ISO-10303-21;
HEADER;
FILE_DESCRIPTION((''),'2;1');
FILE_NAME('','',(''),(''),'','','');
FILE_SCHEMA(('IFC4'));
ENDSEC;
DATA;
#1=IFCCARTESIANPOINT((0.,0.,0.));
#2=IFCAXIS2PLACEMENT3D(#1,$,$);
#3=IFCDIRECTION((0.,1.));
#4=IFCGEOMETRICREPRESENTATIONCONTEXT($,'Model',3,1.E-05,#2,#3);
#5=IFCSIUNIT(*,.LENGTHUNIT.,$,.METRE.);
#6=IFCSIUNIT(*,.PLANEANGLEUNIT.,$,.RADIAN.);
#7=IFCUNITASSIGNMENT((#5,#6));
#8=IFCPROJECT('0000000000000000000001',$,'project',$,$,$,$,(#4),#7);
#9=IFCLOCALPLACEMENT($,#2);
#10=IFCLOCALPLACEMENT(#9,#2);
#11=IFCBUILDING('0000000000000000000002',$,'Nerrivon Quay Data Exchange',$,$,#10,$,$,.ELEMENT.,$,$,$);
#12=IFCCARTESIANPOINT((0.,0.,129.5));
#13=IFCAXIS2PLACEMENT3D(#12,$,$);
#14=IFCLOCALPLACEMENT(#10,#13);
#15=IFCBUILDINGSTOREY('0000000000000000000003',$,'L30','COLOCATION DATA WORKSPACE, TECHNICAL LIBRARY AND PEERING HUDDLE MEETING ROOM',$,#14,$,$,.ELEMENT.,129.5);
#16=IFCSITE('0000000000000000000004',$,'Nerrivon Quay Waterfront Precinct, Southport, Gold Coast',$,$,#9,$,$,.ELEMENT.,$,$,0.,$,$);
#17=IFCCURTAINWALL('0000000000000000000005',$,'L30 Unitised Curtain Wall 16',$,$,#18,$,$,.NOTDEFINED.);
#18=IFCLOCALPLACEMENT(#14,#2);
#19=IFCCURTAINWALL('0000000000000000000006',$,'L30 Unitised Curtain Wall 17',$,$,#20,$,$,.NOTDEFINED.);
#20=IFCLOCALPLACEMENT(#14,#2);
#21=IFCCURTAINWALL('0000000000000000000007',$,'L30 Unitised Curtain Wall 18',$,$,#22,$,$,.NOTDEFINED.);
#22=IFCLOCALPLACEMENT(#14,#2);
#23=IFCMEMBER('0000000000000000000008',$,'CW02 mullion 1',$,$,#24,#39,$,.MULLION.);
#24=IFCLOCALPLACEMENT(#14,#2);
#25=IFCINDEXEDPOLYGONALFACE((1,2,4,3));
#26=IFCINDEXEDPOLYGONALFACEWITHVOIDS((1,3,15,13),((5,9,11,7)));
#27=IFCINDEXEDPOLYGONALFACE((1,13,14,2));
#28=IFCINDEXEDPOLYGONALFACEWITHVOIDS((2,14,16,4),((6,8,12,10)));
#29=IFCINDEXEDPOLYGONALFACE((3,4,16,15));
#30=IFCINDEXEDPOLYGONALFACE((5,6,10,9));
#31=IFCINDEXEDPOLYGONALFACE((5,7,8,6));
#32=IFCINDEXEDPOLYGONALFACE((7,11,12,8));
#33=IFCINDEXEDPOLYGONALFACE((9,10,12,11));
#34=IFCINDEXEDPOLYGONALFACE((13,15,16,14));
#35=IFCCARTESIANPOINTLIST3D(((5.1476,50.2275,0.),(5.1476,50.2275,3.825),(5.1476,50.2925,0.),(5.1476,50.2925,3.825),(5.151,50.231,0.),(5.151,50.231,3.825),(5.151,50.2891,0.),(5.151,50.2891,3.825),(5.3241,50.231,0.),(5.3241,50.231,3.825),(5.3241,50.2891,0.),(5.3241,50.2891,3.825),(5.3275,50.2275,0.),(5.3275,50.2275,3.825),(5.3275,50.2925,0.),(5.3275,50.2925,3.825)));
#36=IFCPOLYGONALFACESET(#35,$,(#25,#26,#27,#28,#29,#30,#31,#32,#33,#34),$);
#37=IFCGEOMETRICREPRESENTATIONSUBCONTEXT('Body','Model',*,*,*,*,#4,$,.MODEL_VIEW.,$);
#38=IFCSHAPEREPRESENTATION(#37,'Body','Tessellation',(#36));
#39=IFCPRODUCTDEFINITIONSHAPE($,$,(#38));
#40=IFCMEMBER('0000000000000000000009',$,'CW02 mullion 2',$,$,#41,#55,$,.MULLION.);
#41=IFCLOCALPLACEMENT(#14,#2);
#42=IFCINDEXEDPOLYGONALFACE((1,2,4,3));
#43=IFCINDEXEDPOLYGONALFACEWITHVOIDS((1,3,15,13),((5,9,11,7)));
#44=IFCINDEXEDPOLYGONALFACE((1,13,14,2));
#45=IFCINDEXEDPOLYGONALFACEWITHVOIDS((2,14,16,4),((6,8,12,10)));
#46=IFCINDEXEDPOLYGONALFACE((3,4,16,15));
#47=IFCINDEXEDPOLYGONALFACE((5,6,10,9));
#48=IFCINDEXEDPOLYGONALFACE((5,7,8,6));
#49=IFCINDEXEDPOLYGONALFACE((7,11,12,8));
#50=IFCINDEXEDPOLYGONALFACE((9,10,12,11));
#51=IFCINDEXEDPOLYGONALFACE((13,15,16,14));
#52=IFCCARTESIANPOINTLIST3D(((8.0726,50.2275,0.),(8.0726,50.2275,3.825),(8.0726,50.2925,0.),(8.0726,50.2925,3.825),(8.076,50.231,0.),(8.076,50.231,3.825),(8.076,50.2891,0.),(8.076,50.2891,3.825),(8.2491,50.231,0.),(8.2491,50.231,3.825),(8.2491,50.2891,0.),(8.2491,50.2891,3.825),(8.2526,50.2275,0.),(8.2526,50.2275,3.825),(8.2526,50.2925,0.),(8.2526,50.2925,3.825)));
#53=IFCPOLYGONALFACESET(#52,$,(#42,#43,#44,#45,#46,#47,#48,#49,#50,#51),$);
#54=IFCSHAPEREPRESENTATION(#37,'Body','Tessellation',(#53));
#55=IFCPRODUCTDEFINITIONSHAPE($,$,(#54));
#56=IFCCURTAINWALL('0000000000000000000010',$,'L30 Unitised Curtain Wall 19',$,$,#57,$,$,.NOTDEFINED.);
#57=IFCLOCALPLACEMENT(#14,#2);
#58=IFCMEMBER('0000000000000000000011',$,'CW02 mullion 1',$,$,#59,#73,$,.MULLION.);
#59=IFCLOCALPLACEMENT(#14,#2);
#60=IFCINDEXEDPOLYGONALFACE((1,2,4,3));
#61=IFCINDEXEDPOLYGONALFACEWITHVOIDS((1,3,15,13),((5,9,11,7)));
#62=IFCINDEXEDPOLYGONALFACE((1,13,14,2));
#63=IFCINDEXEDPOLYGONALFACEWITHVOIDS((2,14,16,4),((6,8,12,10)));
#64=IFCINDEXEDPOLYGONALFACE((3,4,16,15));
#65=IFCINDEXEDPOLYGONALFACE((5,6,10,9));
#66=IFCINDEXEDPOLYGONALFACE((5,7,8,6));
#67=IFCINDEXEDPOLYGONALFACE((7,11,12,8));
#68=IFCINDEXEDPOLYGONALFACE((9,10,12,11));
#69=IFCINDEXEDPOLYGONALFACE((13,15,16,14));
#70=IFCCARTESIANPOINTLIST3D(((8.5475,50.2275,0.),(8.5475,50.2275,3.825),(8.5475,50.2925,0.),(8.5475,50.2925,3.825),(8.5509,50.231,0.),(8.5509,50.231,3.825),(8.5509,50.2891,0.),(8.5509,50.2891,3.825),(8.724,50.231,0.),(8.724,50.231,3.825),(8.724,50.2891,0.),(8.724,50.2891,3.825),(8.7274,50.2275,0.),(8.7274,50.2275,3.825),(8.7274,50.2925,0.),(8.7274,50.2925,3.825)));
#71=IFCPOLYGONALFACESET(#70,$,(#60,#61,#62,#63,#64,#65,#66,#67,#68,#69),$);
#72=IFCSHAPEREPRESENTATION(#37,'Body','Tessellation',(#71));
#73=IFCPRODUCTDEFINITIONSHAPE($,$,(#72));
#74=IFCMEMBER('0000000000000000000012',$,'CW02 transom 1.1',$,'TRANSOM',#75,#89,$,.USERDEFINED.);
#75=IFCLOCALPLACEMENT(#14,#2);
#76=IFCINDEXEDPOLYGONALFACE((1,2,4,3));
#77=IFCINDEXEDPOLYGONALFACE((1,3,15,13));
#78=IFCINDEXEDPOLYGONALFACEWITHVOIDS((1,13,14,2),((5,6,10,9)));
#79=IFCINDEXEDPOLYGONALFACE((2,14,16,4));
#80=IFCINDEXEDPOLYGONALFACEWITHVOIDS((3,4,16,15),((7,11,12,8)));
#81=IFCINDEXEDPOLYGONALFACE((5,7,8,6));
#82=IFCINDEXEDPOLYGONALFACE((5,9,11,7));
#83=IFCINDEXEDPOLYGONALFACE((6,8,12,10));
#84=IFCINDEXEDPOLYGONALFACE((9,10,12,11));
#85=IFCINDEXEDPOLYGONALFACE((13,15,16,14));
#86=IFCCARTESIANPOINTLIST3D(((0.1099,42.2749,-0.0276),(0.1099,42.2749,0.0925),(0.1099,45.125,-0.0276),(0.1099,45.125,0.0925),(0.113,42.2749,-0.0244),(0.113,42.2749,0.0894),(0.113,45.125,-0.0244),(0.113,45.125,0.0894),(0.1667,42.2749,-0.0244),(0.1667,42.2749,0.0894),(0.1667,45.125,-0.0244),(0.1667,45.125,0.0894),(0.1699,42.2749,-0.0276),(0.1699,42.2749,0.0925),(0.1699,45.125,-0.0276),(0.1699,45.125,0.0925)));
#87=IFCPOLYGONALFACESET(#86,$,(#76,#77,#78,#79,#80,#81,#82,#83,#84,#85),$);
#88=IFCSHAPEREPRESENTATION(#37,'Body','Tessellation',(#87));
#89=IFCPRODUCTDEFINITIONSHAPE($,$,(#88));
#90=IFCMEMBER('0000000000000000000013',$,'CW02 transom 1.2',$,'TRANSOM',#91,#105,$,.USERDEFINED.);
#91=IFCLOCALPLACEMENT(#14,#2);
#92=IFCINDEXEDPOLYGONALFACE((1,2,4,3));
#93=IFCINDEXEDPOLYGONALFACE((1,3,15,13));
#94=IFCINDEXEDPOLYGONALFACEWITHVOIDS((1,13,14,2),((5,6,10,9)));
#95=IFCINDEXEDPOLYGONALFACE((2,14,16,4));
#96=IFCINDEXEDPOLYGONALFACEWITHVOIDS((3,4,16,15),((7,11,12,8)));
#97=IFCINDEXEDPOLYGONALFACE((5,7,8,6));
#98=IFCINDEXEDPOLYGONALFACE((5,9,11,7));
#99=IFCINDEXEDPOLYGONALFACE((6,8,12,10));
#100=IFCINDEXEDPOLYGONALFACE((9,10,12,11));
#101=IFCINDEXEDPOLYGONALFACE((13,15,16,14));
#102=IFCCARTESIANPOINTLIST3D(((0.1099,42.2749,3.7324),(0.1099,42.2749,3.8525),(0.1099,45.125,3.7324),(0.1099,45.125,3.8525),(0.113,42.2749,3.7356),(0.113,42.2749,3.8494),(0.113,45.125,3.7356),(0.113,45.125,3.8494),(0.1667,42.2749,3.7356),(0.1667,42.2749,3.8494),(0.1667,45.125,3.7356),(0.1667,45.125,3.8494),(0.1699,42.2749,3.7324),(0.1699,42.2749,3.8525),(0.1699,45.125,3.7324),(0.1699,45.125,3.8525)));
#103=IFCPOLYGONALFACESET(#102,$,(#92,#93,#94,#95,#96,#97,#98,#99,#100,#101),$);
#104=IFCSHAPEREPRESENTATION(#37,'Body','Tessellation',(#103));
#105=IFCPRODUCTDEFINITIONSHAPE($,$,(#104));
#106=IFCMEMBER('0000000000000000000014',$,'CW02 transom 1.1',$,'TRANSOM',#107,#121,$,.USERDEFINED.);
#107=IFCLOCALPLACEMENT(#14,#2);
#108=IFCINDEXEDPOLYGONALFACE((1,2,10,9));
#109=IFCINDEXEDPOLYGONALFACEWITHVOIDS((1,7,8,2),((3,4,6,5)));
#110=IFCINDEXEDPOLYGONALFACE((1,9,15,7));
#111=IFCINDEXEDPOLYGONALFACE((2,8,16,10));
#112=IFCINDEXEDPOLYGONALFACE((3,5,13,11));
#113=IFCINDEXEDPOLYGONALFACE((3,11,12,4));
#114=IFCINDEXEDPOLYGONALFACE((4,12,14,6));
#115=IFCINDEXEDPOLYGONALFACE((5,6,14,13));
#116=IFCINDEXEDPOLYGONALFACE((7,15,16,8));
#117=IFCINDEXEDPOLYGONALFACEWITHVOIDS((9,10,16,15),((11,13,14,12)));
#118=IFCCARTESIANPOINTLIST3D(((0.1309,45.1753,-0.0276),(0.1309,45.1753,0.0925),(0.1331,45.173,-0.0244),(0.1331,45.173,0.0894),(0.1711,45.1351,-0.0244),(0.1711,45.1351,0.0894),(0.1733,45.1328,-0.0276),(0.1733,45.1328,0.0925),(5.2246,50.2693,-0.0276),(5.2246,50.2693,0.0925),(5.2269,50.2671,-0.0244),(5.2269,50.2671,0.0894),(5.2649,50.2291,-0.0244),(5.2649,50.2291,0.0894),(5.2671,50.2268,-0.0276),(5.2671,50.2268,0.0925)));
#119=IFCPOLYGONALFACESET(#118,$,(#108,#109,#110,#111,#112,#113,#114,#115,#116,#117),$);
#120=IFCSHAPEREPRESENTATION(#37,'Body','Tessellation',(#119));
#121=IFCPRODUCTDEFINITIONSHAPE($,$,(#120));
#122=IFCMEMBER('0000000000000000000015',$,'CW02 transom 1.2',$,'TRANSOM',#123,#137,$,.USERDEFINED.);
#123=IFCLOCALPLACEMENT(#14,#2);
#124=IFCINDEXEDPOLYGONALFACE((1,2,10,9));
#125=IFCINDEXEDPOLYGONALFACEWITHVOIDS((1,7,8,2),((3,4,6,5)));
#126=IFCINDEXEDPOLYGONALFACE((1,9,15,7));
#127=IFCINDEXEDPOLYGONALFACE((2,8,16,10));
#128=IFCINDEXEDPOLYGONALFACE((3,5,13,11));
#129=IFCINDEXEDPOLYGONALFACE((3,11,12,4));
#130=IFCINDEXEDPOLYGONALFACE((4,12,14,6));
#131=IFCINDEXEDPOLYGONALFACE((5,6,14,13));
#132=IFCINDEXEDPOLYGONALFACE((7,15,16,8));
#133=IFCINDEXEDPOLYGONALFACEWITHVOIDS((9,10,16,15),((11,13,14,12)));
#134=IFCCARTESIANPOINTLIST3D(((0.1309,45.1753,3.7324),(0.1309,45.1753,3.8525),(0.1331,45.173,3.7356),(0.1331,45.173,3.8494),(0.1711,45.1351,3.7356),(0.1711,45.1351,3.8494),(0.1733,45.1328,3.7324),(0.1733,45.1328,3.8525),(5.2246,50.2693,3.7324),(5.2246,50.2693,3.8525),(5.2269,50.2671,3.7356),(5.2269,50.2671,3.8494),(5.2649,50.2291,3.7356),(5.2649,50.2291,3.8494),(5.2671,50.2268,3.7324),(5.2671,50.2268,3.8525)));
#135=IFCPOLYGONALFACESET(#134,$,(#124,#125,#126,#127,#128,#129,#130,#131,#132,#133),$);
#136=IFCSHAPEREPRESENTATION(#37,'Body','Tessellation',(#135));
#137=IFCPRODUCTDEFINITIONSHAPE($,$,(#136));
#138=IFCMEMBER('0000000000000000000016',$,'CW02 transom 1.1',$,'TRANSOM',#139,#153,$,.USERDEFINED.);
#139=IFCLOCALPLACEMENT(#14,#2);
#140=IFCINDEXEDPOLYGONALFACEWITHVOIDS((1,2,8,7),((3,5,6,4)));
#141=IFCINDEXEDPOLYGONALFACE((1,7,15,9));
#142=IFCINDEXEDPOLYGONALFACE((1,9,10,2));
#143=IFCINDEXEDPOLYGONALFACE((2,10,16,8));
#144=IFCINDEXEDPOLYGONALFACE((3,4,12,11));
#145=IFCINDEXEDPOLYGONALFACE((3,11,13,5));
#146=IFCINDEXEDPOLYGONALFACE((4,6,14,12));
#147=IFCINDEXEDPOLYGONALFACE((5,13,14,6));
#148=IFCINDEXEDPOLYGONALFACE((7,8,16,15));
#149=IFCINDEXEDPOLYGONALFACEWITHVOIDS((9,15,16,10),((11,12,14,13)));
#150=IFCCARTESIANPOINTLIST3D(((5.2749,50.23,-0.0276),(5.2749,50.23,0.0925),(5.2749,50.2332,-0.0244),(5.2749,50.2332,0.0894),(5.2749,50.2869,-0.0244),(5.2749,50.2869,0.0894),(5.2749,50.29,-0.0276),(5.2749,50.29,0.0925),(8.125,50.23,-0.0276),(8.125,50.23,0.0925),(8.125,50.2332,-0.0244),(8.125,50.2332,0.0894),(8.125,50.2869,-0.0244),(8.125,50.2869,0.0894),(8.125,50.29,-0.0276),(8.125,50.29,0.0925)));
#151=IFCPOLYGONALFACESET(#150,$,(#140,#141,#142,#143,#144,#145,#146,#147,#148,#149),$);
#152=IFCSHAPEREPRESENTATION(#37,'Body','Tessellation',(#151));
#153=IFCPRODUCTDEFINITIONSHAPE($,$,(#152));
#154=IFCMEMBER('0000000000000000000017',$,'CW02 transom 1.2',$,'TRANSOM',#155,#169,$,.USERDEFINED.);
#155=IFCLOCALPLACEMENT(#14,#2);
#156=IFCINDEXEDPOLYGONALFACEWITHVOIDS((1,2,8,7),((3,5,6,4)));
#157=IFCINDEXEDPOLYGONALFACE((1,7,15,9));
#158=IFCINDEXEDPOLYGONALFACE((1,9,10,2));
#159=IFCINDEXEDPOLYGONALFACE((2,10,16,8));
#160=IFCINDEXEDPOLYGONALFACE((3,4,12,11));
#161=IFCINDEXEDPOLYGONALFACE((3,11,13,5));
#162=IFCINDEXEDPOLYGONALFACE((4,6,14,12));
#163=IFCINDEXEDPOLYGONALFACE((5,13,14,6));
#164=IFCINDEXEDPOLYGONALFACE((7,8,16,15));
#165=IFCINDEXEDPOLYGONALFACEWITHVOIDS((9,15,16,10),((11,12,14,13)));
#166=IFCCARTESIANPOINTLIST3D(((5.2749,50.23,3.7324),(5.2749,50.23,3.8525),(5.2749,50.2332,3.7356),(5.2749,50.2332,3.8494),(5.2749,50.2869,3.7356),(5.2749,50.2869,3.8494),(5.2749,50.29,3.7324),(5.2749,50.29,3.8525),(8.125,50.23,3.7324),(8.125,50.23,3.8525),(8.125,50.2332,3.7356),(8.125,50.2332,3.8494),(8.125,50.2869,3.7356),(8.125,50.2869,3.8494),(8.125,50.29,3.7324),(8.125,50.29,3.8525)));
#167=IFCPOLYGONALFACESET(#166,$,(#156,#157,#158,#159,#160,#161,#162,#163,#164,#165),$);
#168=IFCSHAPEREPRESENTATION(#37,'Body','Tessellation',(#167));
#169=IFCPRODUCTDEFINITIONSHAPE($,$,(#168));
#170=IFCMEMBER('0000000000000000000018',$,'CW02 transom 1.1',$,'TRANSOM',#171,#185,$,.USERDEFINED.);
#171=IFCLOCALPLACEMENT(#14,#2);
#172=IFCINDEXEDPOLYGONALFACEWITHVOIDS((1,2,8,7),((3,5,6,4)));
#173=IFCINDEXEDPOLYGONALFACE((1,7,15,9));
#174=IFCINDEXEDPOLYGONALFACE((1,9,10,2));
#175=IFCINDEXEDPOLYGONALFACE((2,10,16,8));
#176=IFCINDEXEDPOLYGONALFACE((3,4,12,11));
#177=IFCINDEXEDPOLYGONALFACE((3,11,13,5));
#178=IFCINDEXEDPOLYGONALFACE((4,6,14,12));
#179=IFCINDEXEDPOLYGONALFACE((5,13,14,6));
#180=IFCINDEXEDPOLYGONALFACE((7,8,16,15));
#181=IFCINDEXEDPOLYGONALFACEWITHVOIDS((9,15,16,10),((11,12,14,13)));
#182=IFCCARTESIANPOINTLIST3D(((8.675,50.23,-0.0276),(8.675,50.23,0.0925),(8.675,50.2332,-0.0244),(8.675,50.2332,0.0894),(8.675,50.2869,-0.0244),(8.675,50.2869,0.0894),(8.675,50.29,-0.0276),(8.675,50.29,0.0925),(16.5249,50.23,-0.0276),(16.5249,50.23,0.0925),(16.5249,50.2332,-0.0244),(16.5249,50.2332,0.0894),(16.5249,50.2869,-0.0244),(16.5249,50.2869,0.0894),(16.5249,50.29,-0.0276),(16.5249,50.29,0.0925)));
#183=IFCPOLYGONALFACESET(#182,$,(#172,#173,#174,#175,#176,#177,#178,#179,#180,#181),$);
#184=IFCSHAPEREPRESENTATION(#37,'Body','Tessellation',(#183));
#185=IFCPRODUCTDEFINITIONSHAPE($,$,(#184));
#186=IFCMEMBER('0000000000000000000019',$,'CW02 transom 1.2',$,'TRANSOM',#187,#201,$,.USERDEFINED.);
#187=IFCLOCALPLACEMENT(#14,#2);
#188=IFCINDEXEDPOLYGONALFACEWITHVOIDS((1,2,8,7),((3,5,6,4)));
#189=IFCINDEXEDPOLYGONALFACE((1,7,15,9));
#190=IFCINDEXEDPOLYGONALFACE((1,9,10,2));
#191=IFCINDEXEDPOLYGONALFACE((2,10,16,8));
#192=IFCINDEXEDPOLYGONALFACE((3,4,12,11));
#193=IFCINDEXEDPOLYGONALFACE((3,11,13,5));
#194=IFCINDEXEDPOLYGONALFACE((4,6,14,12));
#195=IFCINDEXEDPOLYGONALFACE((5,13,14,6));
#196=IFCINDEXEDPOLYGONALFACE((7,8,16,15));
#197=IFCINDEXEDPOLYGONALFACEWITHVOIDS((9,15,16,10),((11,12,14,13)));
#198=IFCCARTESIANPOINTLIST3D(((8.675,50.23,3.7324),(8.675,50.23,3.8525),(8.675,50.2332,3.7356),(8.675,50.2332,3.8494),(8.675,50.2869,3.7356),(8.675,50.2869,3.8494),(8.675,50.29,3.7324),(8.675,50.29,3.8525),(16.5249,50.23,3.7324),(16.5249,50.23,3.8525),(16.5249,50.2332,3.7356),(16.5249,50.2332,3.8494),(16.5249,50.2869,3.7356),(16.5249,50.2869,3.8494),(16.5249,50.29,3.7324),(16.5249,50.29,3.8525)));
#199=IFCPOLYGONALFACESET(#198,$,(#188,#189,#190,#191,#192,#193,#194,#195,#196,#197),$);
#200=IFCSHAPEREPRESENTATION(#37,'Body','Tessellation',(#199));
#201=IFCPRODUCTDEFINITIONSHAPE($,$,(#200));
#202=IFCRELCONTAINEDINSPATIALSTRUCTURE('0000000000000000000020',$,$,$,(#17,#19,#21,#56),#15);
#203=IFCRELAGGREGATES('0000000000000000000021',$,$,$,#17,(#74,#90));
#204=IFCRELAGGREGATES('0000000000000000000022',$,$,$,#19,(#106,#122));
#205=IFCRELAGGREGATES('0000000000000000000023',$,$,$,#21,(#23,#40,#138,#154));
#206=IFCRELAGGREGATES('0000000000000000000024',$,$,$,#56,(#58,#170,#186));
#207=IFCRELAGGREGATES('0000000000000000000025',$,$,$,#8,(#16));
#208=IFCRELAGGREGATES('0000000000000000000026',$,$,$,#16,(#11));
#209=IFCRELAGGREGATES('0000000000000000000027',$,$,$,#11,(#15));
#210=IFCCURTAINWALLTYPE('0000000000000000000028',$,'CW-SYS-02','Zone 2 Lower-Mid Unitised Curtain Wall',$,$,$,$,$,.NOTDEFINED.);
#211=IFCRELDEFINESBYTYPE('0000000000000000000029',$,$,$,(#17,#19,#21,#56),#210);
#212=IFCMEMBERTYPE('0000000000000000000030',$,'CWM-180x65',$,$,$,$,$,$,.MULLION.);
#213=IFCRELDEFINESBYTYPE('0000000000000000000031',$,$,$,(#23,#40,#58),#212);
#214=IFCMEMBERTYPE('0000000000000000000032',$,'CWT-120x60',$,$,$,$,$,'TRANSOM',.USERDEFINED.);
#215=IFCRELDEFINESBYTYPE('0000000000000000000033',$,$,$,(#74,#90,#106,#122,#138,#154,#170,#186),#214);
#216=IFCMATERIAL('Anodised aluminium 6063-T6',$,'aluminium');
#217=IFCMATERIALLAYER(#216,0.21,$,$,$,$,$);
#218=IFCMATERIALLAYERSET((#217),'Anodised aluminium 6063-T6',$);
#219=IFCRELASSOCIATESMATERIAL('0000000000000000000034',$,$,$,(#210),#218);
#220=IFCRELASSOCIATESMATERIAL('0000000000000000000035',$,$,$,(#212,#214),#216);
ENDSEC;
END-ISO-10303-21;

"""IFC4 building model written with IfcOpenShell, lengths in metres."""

from ifc_helpers import new_model, si_unit, direction, frame, origin, origin_2d, place, context, subcontext, project, spatial, hollow_rectangle, extrude, material, layer, layer_set, material_profile, profile_set, type_object, element, aggregate, save


model = new_model("IFC4")

# Units and contexts
model_context = context("Model", 3, precision=1e-05, world=origin(), true_north=direction((0.0, 1.0)))
body_context = subcontext(model_context, "Body", "Model", "MODEL_VIEW")
ifc_project = project(units=[si_unit("LENGTHUNIT", "METRE"), si_unit("PLANEANGLEUNIT", "RADIAN")], contexts=[model_context])

# Site, building, storey
site_placement = place(None, origin())
site = spatial("IfcSite", under=ifc_project, at=site_placement, Name="Nerrivon Quay Waterfront Precinct, Southport, Gold Coast", CompositionType="ELEMENT", RefElevation=0.0)
building_placement = place(site_placement, origin())
building = spatial("IfcBuilding", under=site, at=building_placement, Name="Nerrivon Quay Data Exchange", CompositionType="ELEMENT")
storey_placement = place(building_placement, frame((0.0, 0.0, 129.5)))
storey = spatial("IfcBuildingStorey", under=building, at=storey_placement, Name="L30", Description="COLOCATION DATA WORKSPACE, TECHNICAL LIBRARY AND PEERING HUDDLE MEETING ROOM", CompositionType="ELEMENT", Elevation=129.5)

# Curtain walls, members
ifc_material_1 = material(Name="Anodised aluminium 6063-T6", Category="aluminium")
ifc_layer_1 = layer(ifc_material_1, 0.21)
ifc_layer_set_1 = layer_set([ifc_layer_1], Name="Anodised aluminium 6063-T6")
curtain_wall_type = type_object("IfcCurtainWallType", Name="CW-SYS-02", Description="Zone 2 Lower-Mid Unitised Curtain Wall", PredefinedType="NOTDEFINED", material=ifc_layer_set_1)
curtain_wall_1_placement = place(storey_placement, origin())
curtain_wall_1 = element("IfcCurtainWall", 1, at=curtain_wall_1_placement, inside=storey, type_object=curtain_wall_type, Name="L30 Unitised Curtain Wall 16", PredefinedType="NOTDEFINED")
ifc_material_profile_1 = material_profile(ifc_material_1, hollow_rectangle(XDim=0.0649, YDim=0.1799, WallThickness=0.0034, at=origin_2d()), Name="ALU-MULL-180x65")
ifc_profile_set_1 = profile_set([ifc_material_profile_1], Name="Anodised aluminium 6063-T6")
member_type_1 = type_object("IfcMemberType", Name="CWM-180x65", PredefinedType="MULLION", material=ifc_profile_set_1)
curtain_wall_2_placement = place(storey_placement, origin())
curtain_wall_2 = element("IfcCurtainWall", 2, at=curtain_wall_2_placement, inside=storey, type_object=curtain_wall_type, Name="L30 Unitised Curtain Wall 17", PredefinedType="NOTDEFINED")
curtain_wall_3_placement = place(storey_placement, origin())
curtain_wall_3 = element("IfcCurtainWall", 3, at=curtain_wall_3_placement, inside=storey, type_object=curtain_wall_type, Name="L30 Unitised Curtain Wall 18", PredefinedType="NOTDEFINED")
member_1_placement = place(storey_placement, frame((5.2375, 50.26, 0.0), z_axis=(0.0, 0.0, 1.0), x_axis=(0.0, 1.0, 0.0)))
member_1 = element("IfcMember", 4, at=member_1_placement, type_object=member_type_1, Name="CW02 mullion 1", PredefinedType="MULLION", context=body_context, shape_type="SweptSolid", body=[
    extrude(hollow_rectangle(XDim=0.0649, YDim=0.1799, WallThickness=0.0034, at=origin_2d()), origin(), (0.0, 0.0, 1.0), 3.825),
])
member_2_placement = place(storey_placement, frame((8.1626, 50.26, 0.0), z_axis=(0.0, 0.0, 1.0), x_axis=(0.0, 1.0, 0.0)))
member_2 = element("IfcMember", 5, at=member_2_placement, type_object=member_type_1, Name="CW02 mullion 2", PredefinedType="MULLION", context=body_context, shape_type="SweptSolid", body=[
    extrude(hollow_rectangle(XDim=0.0649, YDim=0.1799, WallThickness=0.0034, at=origin_2d()), origin(), (0.0, 0.0, 1.0), 3.825),
])

# Curtain wall, member
curtain_wall_4_placement = place(storey_placement, origin())
curtain_wall_4 = element("IfcCurtainWall", 6, at=curtain_wall_4_placement, inside=storey, type_object=curtain_wall_type, Name="L30 Unitised Curtain Wall 19", PredefinedType="NOTDEFINED")
member_3_placement = place(storey_placement, frame((8.6375, 50.26, 0.0), z_axis=(0.0, 0.0, 1.0), x_axis=(0.0, 1.0, 0.0)))
member_3 = element("IfcMember", 7, at=member_3_placement, type_object=member_type_1, Name="CW02 mullion 1", PredefinedType="MULLION", context=body_context, shape_type="SweptSolid", body=[
    extrude(hollow_rectangle(XDim=0.0649, YDim=0.1799, WallThickness=0.0034, at=origin_2d()), origin(), (0.0, 0.0, 1.0), 3.825),
])

# Members
ifc_material_profile_2 = material_profile(ifc_material_1, hollow_rectangle(XDim=0.0601, YDim=0.1201, WallThickness=0.0032, at=origin_2d()), Name="ALU-TRAN-120x60")
ifc_profile_set_2 = profile_set([ifc_material_profile_2], Name="Anodised aluminium 6063-T6")
member_type_2 = type_object("IfcMemberType", Name="CWT-120x60", ElementType="TRANSOM", PredefinedType="USERDEFINED", material=ifc_profile_set_2)
member_4_placement = place(storey_placement, frame((0.1399, 42.2749, 0.0325), z_axis=(0.0, 1.0, 0.0), x_axis=(-1.0, 0.0, 0.0)))
member_4 = element("IfcMember", 8, at=member_4_placement, type_object=member_type_2, Name="CW02 transom 1.1", ObjectType="TRANSOM", PredefinedType="USERDEFINED", context=body_context, shape_type="SweptSolid", body=[
    extrude(hollow_rectangle(XDim=0.0601, YDim=0.1201, WallThickness=0.0032, at=origin_2d()), origin(), (0.0, 0.0, 1.0), 2.8501),
])
member_5_placement = place(storey_placement, frame((0.1399, 42.2749, 3.7925), z_axis=(0.0, 1.0, 0.0), x_axis=(-1.0, 0.0, 0.0)))
member_5 = element("IfcMember", 9, at=member_5_placement, type_object=member_type_2, Name="CW02 transom 1.2", ObjectType="TRANSOM", PredefinedType="USERDEFINED", context=body_context, shape_type="SweptSolid", body=[
    extrude(hollow_rectangle(XDim=0.0601, YDim=0.1201, WallThickness=0.0032, at=origin_2d()), origin(), (0.0, 0.0, 1.0), 2.8501),
])
member_6_placement = place(storey_placement, frame((0.1521, 45.1541, 0.0325), z_axis=(0.70709, 0.707124, 0.0), x_axis=(-0.707124, 0.70709, 0.0)))
member_6 = element("IfcMember", 10, at=member_6_placement, type_object=member_type_2, Name="CW02 transom 1.1", ObjectType="TRANSOM", PredefinedType="USERDEFINED", context=body_context, shape_type="SweptSolid", body=[
    extrude(hollow_rectangle(XDim=0.0601, YDim=0.1201, WallThickness=0.0032, at=origin_2d()), origin(), (0.0, 0.0, 1.0), 7.2039),
])
member_7_placement = place(storey_placement, frame((0.1521, 45.1541, 3.7925), z_axis=(0.70709, 0.707124, 0.0), x_axis=(-0.707124, 0.70709, 0.0)))
member_7 = element("IfcMember", 11, at=member_7_placement, type_object=member_type_2, Name="CW02 transom 1.2", ObjectType="TRANSOM", PredefinedType="USERDEFINED", context=body_context, shape_type="SweptSolid", body=[
    extrude(hollow_rectangle(XDim=0.0601, YDim=0.1201, WallThickness=0.0032, at=origin_2d()), origin(), (0.0, 0.0, 1.0), 7.2039),
])
member_8_placement = place(storey_placement, frame((5.2749, 50.26, 0.0325), z_axis=(1.0, 0.0, 0.0), x_axis=(0.0, 1.0, 0.0)))
member_8 = element("IfcMember", 12, at=member_8_placement, type_object=member_type_2, Name="CW02 transom 1.1", ObjectType="TRANSOM", PredefinedType="USERDEFINED", context=body_context, shape_type="SweptSolid", body=[
    extrude(hollow_rectangle(XDim=0.0601, YDim=0.1201, WallThickness=0.0032, at=origin_2d()), origin(), (0.0, 0.0, 1.0), 2.8501),
])
member_9_placement = place(storey_placement, frame((5.2749, 50.26, 3.7925), z_axis=(1.0, 0.0, 0.0), x_axis=(0.0, 1.0, 0.0)))
member_9 = element("IfcMember", 13, at=member_9_placement, type_object=member_type_2, Name="CW02 transom 1.2", ObjectType="TRANSOM", PredefinedType="USERDEFINED", context=body_context, shape_type="SweptSolid", body=[
    extrude(hollow_rectangle(XDim=0.0601, YDim=0.1201, WallThickness=0.0032, at=origin_2d()), origin(), (0.0, 0.0, 1.0), 2.8501),
])
member_10_placement = place(storey_placement, frame((8.675, 50.26, 0.0325), z_axis=(1.0, 0.0, 0.0), x_axis=(0.0, 1.0, 0.0)))
member_10 = element("IfcMember", 14, at=member_10_placement, type_object=member_type_2, Name="CW02 transom 1.1", ObjectType="TRANSOM", PredefinedType="USERDEFINED", context=body_context, shape_type="SweptSolid", body=[
    extrude(hollow_rectangle(XDim=0.0601, YDim=0.1201, WallThickness=0.0032, at=origin_2d()), origin(), (0.0, 0.0, 1.0), 7.8499),
])
member_11_placement = place(storey_placement, frame((8.675, 50.26, 3.7925), z_axis=(1.0, 0.0, 0.0), x_axis=(0.0, 1.0, 0.0)))
member_11 = element("IfcMember", 15, at=member_11_placement, type_object=member_type_2, Name="CW02 transom 1.2", ObjectType="TRANSOM", PredefinedType="USERDEFINED", context=body_context, shape_type="SweptSolid", body=[
    extrude(hollow_rectangle(XDim=0.0601, YDim=0.1201, WallThickness=0.0032, at=origin_2d()), origin(), (0.0, 0.0, 1.0), 7.8499),
])

aggregate(curtain_wall_1, [member_4, member_5])
aggregate(curtain_wall_2, [member_6, member_7])
aggregate(curtain_wall_3, [member_1, member_2, member_8, member_9])
aggregate(curtain_wall_4, [member_3, member_10, member_11])

save(model, "model.ifc")
